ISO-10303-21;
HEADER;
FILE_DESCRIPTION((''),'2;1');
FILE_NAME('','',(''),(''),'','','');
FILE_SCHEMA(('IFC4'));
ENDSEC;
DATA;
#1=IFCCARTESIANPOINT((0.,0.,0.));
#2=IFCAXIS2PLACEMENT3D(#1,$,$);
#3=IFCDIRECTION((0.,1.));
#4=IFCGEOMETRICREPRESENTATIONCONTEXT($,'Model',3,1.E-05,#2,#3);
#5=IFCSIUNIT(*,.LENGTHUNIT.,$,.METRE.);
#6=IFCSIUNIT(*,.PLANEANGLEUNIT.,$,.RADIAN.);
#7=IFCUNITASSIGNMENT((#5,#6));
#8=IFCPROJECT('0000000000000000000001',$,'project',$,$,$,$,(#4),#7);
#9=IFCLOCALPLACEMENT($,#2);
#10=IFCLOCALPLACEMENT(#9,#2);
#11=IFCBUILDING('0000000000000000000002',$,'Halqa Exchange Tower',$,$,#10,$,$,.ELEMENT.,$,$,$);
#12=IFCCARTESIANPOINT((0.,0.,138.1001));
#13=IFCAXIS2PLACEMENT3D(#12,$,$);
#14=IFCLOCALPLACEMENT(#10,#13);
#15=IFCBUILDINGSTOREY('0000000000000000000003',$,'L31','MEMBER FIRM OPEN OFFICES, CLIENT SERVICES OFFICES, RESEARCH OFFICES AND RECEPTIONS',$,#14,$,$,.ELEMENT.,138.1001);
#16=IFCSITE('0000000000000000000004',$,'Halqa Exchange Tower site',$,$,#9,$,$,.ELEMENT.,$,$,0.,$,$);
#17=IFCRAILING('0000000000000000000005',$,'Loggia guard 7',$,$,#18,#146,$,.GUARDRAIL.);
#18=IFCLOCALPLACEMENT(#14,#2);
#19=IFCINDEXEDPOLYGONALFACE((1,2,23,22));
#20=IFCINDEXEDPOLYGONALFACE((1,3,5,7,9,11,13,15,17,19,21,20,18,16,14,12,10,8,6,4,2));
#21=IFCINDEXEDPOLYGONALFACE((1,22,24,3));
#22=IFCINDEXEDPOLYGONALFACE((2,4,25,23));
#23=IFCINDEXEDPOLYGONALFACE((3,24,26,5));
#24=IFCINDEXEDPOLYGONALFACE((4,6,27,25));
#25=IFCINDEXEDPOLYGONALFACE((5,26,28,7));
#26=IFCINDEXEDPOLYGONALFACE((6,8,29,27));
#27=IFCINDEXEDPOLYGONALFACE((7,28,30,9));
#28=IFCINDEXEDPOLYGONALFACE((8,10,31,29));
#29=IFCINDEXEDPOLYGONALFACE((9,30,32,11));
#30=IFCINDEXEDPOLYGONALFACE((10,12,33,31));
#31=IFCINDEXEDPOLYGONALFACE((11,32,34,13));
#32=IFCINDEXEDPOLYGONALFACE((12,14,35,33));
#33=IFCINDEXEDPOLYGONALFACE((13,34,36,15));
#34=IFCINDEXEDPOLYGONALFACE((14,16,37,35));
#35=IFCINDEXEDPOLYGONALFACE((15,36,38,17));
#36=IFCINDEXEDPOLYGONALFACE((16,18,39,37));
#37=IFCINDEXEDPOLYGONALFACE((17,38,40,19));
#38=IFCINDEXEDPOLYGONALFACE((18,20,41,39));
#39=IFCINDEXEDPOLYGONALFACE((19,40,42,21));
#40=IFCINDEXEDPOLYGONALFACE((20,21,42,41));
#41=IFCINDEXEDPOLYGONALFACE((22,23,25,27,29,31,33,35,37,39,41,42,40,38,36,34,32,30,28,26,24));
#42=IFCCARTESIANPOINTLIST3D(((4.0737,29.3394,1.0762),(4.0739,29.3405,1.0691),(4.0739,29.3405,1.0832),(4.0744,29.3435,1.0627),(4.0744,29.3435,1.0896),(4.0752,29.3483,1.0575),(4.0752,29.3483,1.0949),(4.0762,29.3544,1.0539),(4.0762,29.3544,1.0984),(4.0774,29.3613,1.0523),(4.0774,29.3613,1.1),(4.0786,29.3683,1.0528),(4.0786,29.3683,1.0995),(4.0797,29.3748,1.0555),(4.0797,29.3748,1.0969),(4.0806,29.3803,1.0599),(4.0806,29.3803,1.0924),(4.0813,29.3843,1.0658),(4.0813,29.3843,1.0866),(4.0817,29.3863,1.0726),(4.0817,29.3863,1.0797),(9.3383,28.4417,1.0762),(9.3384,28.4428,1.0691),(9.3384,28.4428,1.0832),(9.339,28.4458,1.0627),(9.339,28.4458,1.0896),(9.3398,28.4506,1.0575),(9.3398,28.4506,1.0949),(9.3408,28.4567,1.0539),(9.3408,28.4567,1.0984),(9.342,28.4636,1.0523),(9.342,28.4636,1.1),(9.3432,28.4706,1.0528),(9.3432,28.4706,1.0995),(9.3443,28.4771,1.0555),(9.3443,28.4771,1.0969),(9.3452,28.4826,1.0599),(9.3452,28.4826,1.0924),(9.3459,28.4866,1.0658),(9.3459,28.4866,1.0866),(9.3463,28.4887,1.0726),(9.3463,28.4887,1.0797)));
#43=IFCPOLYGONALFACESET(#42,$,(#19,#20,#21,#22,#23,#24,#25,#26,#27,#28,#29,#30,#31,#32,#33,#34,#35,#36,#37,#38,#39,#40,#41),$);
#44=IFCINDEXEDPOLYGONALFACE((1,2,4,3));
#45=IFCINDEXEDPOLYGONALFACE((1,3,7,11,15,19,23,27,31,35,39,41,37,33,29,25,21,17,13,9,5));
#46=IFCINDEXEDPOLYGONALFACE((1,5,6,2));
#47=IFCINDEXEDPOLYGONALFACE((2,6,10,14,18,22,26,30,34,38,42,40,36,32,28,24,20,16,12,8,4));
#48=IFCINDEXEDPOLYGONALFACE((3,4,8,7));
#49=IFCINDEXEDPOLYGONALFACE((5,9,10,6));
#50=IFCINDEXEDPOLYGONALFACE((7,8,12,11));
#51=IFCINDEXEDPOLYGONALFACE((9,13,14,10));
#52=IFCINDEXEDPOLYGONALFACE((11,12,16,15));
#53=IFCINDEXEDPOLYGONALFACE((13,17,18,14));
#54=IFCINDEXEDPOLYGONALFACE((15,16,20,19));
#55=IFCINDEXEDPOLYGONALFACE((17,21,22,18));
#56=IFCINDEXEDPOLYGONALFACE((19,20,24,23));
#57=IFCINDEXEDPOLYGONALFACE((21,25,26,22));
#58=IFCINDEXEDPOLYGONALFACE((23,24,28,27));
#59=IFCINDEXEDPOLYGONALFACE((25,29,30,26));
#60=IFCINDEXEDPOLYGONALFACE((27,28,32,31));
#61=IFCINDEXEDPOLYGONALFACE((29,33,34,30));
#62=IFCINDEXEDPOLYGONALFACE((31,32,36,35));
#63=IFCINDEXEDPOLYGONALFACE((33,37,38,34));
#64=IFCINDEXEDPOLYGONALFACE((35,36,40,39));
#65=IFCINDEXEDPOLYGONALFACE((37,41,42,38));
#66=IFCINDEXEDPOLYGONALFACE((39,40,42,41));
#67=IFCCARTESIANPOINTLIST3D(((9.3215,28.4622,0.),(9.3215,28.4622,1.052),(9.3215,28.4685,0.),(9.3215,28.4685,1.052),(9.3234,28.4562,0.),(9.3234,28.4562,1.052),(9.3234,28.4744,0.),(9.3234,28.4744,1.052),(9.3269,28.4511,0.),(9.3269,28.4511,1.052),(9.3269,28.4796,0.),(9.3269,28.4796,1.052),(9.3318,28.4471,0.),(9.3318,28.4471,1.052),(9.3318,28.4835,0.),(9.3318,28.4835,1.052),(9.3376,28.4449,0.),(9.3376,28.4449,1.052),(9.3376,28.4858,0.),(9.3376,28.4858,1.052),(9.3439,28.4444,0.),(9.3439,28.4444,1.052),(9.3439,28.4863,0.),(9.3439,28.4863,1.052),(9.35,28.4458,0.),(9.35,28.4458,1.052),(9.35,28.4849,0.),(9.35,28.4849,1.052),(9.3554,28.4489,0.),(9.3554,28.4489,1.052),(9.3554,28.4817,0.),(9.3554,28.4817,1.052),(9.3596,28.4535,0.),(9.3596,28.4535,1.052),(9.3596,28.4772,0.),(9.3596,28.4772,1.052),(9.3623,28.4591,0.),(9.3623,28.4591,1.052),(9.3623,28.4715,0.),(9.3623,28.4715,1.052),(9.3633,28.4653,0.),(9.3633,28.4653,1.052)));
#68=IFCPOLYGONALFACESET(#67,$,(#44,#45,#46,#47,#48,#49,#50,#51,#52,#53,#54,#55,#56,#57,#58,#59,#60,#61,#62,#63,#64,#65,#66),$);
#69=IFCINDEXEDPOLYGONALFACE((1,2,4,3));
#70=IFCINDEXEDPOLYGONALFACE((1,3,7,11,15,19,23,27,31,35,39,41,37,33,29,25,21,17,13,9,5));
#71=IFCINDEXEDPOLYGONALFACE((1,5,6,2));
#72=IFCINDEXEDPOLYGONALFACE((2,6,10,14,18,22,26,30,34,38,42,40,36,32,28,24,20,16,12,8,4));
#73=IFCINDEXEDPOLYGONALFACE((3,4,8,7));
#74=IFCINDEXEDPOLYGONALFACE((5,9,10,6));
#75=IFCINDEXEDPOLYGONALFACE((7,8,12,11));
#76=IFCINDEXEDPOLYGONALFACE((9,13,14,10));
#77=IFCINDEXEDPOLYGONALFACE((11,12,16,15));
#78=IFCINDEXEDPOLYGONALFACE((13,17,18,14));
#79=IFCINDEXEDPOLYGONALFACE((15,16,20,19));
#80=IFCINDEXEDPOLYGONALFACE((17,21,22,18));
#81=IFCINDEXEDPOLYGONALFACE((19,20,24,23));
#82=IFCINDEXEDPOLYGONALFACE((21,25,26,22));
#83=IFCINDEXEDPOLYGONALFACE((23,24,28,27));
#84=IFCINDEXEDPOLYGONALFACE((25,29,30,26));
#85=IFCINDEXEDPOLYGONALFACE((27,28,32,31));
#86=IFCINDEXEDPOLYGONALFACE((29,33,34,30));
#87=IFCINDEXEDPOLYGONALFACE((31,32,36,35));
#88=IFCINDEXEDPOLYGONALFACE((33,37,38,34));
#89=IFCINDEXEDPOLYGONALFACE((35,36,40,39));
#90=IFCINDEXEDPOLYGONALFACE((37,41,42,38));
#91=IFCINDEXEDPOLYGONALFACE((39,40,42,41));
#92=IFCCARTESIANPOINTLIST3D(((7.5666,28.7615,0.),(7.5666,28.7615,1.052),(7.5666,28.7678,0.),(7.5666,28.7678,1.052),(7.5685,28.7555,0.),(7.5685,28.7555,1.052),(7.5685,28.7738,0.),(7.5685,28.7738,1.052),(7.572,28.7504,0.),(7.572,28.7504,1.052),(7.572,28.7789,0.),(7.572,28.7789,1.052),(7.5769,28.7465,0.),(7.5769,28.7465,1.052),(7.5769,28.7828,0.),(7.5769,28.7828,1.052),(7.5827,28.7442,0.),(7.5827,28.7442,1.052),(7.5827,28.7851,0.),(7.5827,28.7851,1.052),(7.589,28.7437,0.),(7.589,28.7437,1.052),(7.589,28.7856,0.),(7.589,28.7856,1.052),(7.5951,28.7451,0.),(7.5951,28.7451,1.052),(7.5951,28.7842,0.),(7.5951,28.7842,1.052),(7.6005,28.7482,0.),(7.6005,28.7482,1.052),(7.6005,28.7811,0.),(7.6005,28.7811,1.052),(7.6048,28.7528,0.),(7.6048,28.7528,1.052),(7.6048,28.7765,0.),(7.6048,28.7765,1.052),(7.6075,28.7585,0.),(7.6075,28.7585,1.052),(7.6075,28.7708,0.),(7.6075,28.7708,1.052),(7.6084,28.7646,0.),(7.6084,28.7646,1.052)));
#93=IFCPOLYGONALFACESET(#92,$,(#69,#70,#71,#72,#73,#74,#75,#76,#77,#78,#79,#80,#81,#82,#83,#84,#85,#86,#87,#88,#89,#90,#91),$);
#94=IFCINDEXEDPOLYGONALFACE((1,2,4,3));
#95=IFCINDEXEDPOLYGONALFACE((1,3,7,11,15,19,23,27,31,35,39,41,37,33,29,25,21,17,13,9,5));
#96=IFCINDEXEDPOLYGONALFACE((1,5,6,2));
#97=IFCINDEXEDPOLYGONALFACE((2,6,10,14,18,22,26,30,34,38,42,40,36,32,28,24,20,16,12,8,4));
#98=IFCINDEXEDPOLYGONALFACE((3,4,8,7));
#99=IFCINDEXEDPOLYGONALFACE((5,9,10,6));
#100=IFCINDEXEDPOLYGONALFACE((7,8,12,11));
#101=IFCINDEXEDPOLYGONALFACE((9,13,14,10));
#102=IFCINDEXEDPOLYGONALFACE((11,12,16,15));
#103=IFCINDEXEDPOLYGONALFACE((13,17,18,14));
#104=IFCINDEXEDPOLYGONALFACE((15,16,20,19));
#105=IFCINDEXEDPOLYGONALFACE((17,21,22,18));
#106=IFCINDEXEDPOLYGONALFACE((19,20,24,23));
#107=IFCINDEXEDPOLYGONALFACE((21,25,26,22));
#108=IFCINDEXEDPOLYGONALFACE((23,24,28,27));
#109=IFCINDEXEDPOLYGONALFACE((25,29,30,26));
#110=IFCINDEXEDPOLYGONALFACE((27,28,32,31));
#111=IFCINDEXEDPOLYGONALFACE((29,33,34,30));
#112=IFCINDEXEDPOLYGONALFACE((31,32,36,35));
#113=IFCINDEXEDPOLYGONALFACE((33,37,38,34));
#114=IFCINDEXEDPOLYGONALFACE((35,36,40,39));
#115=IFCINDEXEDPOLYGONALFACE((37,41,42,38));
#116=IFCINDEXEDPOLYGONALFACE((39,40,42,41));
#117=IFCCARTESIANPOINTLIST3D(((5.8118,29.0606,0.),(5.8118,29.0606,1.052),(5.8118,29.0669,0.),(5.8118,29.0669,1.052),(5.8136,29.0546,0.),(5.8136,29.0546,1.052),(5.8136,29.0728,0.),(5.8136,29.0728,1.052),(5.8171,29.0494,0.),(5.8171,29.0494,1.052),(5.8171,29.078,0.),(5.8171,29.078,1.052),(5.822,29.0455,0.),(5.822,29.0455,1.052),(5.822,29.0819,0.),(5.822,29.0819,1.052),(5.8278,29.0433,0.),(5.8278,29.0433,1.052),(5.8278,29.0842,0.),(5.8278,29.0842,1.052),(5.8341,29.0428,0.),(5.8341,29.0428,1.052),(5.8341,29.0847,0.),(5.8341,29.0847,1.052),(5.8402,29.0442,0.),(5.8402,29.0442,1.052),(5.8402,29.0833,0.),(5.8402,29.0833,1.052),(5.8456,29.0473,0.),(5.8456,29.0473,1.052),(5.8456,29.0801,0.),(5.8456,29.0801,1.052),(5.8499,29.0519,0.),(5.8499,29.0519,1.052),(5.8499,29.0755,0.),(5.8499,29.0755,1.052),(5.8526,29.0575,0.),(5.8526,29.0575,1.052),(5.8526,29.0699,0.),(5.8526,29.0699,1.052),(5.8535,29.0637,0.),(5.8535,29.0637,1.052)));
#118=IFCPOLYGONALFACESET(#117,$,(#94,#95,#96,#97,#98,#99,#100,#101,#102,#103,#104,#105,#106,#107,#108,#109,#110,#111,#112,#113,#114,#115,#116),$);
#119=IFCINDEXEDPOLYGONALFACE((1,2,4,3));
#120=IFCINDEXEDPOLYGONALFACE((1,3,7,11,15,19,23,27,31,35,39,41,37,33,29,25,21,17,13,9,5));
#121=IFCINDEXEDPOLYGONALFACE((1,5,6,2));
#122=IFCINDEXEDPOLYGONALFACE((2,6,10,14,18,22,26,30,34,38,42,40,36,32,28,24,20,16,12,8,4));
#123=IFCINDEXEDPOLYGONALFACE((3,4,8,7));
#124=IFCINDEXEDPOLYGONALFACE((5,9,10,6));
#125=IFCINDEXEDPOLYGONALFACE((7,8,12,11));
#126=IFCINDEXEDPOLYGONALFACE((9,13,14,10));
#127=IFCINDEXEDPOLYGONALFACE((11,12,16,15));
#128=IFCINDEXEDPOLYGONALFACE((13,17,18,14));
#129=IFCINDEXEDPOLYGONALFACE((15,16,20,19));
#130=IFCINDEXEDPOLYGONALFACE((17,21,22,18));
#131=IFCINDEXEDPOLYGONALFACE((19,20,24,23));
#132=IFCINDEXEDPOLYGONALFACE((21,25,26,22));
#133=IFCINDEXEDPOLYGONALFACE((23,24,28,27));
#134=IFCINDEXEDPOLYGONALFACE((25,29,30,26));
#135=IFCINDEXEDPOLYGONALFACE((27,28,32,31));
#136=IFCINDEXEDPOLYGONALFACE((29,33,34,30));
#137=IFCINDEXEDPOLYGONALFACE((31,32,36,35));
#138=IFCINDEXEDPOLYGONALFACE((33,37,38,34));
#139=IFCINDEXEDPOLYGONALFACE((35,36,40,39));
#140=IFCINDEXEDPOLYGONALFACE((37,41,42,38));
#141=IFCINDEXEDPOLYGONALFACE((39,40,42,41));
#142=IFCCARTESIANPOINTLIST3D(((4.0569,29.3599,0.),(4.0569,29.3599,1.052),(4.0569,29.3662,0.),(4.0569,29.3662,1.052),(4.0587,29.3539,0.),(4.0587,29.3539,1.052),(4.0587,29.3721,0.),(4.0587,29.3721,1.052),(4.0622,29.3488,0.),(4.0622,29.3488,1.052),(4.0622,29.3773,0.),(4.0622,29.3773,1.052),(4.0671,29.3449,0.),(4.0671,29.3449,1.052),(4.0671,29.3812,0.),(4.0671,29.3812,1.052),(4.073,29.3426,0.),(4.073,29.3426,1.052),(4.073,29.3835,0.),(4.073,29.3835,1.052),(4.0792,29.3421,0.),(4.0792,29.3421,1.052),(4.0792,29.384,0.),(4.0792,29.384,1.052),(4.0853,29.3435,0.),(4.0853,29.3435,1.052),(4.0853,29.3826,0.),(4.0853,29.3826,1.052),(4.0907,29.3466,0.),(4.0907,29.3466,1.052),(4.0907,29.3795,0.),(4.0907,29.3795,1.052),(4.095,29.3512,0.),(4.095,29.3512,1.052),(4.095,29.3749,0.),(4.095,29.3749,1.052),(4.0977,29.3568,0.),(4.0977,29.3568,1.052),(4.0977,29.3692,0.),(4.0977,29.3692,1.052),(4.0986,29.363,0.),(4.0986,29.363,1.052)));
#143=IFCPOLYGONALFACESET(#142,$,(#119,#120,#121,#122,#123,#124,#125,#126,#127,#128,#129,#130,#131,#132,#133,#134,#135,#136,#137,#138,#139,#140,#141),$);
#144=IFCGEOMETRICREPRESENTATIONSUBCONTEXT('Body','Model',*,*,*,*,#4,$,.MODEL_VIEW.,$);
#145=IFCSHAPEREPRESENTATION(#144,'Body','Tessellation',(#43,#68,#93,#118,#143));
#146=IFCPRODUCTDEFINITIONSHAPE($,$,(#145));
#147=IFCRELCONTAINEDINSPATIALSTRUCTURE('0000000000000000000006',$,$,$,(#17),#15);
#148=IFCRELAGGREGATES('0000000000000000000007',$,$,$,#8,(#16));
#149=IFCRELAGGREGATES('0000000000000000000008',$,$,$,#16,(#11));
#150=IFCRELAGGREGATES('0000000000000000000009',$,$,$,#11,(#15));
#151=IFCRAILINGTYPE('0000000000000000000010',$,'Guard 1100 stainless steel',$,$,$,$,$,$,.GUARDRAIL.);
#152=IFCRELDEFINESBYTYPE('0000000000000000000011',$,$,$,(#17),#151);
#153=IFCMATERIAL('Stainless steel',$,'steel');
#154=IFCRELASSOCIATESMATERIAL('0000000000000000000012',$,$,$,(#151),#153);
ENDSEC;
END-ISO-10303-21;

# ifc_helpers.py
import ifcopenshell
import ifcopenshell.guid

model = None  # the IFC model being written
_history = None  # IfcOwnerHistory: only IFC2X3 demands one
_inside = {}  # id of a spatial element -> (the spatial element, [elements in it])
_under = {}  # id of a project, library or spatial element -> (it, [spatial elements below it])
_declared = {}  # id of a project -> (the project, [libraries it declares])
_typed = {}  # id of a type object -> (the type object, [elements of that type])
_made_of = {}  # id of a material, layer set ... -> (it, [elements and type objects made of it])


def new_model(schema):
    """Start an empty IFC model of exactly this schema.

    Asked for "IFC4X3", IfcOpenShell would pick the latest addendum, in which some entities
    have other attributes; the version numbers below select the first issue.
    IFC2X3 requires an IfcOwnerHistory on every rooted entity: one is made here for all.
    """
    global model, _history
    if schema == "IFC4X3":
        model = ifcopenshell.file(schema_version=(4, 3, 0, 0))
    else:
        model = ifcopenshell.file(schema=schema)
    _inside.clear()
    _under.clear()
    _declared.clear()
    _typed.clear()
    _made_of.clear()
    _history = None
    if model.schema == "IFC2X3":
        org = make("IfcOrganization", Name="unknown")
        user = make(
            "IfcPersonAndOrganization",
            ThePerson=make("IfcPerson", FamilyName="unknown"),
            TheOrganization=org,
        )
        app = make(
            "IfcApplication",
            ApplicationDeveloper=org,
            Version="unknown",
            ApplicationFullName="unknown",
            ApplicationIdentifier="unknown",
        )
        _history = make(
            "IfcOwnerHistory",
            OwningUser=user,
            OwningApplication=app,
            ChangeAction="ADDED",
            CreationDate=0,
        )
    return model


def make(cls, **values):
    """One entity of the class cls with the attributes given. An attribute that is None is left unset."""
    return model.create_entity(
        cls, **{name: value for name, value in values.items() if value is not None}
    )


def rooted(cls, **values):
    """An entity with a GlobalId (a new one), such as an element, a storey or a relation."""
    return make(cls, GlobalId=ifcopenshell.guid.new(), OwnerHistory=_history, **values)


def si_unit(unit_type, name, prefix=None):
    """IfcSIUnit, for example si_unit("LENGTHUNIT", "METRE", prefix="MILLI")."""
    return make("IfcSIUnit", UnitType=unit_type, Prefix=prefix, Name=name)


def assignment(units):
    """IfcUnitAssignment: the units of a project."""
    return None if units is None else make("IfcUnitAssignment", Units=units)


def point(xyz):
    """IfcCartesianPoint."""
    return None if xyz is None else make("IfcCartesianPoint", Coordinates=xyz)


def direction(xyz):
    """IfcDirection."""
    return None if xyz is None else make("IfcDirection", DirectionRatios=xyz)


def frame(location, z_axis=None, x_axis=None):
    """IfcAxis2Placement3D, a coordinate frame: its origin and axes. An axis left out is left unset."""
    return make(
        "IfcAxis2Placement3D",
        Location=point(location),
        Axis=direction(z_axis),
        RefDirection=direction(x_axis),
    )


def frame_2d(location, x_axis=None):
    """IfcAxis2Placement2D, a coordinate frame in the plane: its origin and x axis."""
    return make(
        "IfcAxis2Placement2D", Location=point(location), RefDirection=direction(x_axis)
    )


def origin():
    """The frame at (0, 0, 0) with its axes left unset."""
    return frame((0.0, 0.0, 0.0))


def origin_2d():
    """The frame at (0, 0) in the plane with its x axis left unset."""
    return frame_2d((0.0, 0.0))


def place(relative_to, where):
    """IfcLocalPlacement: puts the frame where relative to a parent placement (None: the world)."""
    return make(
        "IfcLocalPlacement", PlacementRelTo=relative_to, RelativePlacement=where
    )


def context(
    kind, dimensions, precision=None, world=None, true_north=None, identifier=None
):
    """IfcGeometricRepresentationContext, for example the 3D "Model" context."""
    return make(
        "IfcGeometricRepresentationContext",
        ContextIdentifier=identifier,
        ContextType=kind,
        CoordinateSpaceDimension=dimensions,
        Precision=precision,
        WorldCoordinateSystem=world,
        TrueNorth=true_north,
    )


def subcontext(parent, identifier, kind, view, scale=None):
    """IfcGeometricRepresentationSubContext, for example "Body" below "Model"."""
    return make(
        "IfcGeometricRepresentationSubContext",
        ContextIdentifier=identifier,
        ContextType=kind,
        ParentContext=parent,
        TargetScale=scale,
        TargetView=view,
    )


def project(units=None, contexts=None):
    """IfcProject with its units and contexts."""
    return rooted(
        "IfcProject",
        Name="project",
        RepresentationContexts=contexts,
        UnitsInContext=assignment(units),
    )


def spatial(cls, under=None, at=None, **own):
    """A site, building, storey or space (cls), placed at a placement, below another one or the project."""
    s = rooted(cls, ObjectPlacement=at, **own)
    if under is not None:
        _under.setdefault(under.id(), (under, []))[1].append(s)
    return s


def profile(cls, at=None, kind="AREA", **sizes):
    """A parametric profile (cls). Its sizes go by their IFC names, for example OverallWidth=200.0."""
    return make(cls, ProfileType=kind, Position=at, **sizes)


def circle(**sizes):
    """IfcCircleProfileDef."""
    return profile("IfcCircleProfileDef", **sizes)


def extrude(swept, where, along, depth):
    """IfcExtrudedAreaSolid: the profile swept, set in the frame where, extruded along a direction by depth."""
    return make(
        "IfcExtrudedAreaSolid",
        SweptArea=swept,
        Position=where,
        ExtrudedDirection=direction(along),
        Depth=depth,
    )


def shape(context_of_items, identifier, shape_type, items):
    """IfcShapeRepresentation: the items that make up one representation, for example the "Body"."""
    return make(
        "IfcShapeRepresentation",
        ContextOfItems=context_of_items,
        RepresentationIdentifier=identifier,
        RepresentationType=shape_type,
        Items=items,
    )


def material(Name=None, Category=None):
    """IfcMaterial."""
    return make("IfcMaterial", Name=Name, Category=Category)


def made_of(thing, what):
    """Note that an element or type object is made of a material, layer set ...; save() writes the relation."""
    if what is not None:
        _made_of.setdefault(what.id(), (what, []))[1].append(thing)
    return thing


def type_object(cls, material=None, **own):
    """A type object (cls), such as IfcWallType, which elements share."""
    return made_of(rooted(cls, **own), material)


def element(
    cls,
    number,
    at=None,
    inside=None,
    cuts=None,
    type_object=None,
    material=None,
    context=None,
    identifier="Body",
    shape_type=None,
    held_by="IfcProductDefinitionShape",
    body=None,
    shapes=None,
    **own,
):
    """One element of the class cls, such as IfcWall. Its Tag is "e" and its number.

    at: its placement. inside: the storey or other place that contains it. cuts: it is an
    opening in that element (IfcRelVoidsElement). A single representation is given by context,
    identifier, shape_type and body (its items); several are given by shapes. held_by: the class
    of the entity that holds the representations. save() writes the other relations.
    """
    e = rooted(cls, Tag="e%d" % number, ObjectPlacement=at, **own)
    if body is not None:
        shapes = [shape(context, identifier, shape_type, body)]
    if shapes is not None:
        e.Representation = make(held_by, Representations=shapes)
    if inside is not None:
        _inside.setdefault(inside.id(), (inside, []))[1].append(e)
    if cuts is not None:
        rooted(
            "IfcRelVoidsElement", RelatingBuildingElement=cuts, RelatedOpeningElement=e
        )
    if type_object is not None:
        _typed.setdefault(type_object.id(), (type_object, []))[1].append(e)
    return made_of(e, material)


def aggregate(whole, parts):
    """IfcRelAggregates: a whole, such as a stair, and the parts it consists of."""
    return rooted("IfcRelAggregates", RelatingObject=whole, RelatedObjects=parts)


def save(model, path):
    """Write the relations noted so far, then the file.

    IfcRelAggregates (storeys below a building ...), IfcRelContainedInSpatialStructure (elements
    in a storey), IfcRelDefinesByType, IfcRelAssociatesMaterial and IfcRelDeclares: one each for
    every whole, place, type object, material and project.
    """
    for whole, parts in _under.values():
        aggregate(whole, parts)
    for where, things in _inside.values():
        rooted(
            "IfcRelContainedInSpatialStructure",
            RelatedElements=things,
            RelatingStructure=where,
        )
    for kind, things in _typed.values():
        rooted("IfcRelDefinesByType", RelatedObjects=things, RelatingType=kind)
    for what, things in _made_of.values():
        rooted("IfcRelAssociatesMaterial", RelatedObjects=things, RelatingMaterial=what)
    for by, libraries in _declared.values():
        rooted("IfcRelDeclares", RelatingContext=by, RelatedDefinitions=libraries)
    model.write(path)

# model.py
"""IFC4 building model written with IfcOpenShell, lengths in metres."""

from ifc_helpers import new_model, si_unit, direction, frame, origin, origin_2d, place, context, subcontext, project, spatial, circle, extrude, material, type_object, element, save


model = new_model("IFC4")

# Units and contexts
model_context = context("Model", 3, precision=1e-05, world=origin(), true_north=direction((0.0, 1.0)))
body_context = subcontext(model_context, "Body", "Model", "MODEL_VIEW")
ifc_project = project(units=[si_unit("LENGTHUNIT", "METRE"), si_unit("PLANEANGLEUNIT", "RADIAN")], contexts=[model_context])

# Site, building, storey
site_placement = place(None, origin())
site = spatial("IfcSite", under=ifc_project, at=site_placement, Name="Halqa Exchange Tower site", CompositionType="ELEMENT", RefElevation=0.0)
building_placement = place(site_placement, origin())
building = spatial("IfcBuilding", under=site, at=building_placement, Name="Halqa Exchange Tower", CompositionType="ELEMENT")
storey_placement = place(building_placement, frame((0.0, 0.0, 138.1001)))
storey = spatial("IfcBuildingStorey", under=building, at=storey_placement, Name="L31", Description="MEMBER FIRM OPEN OFFICES, CLIENT SERVICES OFFICES, RESEARCH OFFICES AND RECEPTIONS", CompositionType="ELEMENT", Elevation=138.1001)

# Railing
ifc_material_1 = material(Name="Stainless steel", Category="steel")
railing_type_1 = type_object("IfcRailingType", Name="Guard 1100 stainless steel", PredefinedType="GUARDRAIL", material=ifc_material_1)
railing_1_placement = place(storey_placement, frame((9.3423, 28.4653, 0.0)))
element("IfcRailing", 1, at=railing_1_placement, inside=storey, type_object=railing_type_1, Name="Loggia guard 7", PredefinedType="GUARDRAIL", context=body_context, shape_type="SweptSolid", body=[
    extrude(circle(Radius=0.0239, at=origin_2d()), frame((0.0, 0.0, 1.0762), z_axis=(-0.985772, 0.16809, 0.0), x_axis=(-0.16809, -0.985772, 0.0)), (0.0, 0.0, 1.0), 5.3406),
    extrude(circle(Radius=0.021, at=origin_2d()), origin(), (0.0, 0.0, 1.0), 1.052),
    extrude(circle(Radius=0.021, at=origin_2d()), frame((-1.7549, 0.2993, 0.0)), (0.0, 0.0, 1.0), 1.052),
    extrude(circle(Radius=0.021, at=origin_2d()), frame((-3.5098, 0.5984, 0.0)), (0.0, 0.0, 1.0), 1.052),
    extrude(circle(Radius=0.021, at=origin_2d()), frame((-5.2646, 0.8977, 0.0)), (0.0, 0.0, 1.0), 1.052),
])

save(model, "model.ifc")
